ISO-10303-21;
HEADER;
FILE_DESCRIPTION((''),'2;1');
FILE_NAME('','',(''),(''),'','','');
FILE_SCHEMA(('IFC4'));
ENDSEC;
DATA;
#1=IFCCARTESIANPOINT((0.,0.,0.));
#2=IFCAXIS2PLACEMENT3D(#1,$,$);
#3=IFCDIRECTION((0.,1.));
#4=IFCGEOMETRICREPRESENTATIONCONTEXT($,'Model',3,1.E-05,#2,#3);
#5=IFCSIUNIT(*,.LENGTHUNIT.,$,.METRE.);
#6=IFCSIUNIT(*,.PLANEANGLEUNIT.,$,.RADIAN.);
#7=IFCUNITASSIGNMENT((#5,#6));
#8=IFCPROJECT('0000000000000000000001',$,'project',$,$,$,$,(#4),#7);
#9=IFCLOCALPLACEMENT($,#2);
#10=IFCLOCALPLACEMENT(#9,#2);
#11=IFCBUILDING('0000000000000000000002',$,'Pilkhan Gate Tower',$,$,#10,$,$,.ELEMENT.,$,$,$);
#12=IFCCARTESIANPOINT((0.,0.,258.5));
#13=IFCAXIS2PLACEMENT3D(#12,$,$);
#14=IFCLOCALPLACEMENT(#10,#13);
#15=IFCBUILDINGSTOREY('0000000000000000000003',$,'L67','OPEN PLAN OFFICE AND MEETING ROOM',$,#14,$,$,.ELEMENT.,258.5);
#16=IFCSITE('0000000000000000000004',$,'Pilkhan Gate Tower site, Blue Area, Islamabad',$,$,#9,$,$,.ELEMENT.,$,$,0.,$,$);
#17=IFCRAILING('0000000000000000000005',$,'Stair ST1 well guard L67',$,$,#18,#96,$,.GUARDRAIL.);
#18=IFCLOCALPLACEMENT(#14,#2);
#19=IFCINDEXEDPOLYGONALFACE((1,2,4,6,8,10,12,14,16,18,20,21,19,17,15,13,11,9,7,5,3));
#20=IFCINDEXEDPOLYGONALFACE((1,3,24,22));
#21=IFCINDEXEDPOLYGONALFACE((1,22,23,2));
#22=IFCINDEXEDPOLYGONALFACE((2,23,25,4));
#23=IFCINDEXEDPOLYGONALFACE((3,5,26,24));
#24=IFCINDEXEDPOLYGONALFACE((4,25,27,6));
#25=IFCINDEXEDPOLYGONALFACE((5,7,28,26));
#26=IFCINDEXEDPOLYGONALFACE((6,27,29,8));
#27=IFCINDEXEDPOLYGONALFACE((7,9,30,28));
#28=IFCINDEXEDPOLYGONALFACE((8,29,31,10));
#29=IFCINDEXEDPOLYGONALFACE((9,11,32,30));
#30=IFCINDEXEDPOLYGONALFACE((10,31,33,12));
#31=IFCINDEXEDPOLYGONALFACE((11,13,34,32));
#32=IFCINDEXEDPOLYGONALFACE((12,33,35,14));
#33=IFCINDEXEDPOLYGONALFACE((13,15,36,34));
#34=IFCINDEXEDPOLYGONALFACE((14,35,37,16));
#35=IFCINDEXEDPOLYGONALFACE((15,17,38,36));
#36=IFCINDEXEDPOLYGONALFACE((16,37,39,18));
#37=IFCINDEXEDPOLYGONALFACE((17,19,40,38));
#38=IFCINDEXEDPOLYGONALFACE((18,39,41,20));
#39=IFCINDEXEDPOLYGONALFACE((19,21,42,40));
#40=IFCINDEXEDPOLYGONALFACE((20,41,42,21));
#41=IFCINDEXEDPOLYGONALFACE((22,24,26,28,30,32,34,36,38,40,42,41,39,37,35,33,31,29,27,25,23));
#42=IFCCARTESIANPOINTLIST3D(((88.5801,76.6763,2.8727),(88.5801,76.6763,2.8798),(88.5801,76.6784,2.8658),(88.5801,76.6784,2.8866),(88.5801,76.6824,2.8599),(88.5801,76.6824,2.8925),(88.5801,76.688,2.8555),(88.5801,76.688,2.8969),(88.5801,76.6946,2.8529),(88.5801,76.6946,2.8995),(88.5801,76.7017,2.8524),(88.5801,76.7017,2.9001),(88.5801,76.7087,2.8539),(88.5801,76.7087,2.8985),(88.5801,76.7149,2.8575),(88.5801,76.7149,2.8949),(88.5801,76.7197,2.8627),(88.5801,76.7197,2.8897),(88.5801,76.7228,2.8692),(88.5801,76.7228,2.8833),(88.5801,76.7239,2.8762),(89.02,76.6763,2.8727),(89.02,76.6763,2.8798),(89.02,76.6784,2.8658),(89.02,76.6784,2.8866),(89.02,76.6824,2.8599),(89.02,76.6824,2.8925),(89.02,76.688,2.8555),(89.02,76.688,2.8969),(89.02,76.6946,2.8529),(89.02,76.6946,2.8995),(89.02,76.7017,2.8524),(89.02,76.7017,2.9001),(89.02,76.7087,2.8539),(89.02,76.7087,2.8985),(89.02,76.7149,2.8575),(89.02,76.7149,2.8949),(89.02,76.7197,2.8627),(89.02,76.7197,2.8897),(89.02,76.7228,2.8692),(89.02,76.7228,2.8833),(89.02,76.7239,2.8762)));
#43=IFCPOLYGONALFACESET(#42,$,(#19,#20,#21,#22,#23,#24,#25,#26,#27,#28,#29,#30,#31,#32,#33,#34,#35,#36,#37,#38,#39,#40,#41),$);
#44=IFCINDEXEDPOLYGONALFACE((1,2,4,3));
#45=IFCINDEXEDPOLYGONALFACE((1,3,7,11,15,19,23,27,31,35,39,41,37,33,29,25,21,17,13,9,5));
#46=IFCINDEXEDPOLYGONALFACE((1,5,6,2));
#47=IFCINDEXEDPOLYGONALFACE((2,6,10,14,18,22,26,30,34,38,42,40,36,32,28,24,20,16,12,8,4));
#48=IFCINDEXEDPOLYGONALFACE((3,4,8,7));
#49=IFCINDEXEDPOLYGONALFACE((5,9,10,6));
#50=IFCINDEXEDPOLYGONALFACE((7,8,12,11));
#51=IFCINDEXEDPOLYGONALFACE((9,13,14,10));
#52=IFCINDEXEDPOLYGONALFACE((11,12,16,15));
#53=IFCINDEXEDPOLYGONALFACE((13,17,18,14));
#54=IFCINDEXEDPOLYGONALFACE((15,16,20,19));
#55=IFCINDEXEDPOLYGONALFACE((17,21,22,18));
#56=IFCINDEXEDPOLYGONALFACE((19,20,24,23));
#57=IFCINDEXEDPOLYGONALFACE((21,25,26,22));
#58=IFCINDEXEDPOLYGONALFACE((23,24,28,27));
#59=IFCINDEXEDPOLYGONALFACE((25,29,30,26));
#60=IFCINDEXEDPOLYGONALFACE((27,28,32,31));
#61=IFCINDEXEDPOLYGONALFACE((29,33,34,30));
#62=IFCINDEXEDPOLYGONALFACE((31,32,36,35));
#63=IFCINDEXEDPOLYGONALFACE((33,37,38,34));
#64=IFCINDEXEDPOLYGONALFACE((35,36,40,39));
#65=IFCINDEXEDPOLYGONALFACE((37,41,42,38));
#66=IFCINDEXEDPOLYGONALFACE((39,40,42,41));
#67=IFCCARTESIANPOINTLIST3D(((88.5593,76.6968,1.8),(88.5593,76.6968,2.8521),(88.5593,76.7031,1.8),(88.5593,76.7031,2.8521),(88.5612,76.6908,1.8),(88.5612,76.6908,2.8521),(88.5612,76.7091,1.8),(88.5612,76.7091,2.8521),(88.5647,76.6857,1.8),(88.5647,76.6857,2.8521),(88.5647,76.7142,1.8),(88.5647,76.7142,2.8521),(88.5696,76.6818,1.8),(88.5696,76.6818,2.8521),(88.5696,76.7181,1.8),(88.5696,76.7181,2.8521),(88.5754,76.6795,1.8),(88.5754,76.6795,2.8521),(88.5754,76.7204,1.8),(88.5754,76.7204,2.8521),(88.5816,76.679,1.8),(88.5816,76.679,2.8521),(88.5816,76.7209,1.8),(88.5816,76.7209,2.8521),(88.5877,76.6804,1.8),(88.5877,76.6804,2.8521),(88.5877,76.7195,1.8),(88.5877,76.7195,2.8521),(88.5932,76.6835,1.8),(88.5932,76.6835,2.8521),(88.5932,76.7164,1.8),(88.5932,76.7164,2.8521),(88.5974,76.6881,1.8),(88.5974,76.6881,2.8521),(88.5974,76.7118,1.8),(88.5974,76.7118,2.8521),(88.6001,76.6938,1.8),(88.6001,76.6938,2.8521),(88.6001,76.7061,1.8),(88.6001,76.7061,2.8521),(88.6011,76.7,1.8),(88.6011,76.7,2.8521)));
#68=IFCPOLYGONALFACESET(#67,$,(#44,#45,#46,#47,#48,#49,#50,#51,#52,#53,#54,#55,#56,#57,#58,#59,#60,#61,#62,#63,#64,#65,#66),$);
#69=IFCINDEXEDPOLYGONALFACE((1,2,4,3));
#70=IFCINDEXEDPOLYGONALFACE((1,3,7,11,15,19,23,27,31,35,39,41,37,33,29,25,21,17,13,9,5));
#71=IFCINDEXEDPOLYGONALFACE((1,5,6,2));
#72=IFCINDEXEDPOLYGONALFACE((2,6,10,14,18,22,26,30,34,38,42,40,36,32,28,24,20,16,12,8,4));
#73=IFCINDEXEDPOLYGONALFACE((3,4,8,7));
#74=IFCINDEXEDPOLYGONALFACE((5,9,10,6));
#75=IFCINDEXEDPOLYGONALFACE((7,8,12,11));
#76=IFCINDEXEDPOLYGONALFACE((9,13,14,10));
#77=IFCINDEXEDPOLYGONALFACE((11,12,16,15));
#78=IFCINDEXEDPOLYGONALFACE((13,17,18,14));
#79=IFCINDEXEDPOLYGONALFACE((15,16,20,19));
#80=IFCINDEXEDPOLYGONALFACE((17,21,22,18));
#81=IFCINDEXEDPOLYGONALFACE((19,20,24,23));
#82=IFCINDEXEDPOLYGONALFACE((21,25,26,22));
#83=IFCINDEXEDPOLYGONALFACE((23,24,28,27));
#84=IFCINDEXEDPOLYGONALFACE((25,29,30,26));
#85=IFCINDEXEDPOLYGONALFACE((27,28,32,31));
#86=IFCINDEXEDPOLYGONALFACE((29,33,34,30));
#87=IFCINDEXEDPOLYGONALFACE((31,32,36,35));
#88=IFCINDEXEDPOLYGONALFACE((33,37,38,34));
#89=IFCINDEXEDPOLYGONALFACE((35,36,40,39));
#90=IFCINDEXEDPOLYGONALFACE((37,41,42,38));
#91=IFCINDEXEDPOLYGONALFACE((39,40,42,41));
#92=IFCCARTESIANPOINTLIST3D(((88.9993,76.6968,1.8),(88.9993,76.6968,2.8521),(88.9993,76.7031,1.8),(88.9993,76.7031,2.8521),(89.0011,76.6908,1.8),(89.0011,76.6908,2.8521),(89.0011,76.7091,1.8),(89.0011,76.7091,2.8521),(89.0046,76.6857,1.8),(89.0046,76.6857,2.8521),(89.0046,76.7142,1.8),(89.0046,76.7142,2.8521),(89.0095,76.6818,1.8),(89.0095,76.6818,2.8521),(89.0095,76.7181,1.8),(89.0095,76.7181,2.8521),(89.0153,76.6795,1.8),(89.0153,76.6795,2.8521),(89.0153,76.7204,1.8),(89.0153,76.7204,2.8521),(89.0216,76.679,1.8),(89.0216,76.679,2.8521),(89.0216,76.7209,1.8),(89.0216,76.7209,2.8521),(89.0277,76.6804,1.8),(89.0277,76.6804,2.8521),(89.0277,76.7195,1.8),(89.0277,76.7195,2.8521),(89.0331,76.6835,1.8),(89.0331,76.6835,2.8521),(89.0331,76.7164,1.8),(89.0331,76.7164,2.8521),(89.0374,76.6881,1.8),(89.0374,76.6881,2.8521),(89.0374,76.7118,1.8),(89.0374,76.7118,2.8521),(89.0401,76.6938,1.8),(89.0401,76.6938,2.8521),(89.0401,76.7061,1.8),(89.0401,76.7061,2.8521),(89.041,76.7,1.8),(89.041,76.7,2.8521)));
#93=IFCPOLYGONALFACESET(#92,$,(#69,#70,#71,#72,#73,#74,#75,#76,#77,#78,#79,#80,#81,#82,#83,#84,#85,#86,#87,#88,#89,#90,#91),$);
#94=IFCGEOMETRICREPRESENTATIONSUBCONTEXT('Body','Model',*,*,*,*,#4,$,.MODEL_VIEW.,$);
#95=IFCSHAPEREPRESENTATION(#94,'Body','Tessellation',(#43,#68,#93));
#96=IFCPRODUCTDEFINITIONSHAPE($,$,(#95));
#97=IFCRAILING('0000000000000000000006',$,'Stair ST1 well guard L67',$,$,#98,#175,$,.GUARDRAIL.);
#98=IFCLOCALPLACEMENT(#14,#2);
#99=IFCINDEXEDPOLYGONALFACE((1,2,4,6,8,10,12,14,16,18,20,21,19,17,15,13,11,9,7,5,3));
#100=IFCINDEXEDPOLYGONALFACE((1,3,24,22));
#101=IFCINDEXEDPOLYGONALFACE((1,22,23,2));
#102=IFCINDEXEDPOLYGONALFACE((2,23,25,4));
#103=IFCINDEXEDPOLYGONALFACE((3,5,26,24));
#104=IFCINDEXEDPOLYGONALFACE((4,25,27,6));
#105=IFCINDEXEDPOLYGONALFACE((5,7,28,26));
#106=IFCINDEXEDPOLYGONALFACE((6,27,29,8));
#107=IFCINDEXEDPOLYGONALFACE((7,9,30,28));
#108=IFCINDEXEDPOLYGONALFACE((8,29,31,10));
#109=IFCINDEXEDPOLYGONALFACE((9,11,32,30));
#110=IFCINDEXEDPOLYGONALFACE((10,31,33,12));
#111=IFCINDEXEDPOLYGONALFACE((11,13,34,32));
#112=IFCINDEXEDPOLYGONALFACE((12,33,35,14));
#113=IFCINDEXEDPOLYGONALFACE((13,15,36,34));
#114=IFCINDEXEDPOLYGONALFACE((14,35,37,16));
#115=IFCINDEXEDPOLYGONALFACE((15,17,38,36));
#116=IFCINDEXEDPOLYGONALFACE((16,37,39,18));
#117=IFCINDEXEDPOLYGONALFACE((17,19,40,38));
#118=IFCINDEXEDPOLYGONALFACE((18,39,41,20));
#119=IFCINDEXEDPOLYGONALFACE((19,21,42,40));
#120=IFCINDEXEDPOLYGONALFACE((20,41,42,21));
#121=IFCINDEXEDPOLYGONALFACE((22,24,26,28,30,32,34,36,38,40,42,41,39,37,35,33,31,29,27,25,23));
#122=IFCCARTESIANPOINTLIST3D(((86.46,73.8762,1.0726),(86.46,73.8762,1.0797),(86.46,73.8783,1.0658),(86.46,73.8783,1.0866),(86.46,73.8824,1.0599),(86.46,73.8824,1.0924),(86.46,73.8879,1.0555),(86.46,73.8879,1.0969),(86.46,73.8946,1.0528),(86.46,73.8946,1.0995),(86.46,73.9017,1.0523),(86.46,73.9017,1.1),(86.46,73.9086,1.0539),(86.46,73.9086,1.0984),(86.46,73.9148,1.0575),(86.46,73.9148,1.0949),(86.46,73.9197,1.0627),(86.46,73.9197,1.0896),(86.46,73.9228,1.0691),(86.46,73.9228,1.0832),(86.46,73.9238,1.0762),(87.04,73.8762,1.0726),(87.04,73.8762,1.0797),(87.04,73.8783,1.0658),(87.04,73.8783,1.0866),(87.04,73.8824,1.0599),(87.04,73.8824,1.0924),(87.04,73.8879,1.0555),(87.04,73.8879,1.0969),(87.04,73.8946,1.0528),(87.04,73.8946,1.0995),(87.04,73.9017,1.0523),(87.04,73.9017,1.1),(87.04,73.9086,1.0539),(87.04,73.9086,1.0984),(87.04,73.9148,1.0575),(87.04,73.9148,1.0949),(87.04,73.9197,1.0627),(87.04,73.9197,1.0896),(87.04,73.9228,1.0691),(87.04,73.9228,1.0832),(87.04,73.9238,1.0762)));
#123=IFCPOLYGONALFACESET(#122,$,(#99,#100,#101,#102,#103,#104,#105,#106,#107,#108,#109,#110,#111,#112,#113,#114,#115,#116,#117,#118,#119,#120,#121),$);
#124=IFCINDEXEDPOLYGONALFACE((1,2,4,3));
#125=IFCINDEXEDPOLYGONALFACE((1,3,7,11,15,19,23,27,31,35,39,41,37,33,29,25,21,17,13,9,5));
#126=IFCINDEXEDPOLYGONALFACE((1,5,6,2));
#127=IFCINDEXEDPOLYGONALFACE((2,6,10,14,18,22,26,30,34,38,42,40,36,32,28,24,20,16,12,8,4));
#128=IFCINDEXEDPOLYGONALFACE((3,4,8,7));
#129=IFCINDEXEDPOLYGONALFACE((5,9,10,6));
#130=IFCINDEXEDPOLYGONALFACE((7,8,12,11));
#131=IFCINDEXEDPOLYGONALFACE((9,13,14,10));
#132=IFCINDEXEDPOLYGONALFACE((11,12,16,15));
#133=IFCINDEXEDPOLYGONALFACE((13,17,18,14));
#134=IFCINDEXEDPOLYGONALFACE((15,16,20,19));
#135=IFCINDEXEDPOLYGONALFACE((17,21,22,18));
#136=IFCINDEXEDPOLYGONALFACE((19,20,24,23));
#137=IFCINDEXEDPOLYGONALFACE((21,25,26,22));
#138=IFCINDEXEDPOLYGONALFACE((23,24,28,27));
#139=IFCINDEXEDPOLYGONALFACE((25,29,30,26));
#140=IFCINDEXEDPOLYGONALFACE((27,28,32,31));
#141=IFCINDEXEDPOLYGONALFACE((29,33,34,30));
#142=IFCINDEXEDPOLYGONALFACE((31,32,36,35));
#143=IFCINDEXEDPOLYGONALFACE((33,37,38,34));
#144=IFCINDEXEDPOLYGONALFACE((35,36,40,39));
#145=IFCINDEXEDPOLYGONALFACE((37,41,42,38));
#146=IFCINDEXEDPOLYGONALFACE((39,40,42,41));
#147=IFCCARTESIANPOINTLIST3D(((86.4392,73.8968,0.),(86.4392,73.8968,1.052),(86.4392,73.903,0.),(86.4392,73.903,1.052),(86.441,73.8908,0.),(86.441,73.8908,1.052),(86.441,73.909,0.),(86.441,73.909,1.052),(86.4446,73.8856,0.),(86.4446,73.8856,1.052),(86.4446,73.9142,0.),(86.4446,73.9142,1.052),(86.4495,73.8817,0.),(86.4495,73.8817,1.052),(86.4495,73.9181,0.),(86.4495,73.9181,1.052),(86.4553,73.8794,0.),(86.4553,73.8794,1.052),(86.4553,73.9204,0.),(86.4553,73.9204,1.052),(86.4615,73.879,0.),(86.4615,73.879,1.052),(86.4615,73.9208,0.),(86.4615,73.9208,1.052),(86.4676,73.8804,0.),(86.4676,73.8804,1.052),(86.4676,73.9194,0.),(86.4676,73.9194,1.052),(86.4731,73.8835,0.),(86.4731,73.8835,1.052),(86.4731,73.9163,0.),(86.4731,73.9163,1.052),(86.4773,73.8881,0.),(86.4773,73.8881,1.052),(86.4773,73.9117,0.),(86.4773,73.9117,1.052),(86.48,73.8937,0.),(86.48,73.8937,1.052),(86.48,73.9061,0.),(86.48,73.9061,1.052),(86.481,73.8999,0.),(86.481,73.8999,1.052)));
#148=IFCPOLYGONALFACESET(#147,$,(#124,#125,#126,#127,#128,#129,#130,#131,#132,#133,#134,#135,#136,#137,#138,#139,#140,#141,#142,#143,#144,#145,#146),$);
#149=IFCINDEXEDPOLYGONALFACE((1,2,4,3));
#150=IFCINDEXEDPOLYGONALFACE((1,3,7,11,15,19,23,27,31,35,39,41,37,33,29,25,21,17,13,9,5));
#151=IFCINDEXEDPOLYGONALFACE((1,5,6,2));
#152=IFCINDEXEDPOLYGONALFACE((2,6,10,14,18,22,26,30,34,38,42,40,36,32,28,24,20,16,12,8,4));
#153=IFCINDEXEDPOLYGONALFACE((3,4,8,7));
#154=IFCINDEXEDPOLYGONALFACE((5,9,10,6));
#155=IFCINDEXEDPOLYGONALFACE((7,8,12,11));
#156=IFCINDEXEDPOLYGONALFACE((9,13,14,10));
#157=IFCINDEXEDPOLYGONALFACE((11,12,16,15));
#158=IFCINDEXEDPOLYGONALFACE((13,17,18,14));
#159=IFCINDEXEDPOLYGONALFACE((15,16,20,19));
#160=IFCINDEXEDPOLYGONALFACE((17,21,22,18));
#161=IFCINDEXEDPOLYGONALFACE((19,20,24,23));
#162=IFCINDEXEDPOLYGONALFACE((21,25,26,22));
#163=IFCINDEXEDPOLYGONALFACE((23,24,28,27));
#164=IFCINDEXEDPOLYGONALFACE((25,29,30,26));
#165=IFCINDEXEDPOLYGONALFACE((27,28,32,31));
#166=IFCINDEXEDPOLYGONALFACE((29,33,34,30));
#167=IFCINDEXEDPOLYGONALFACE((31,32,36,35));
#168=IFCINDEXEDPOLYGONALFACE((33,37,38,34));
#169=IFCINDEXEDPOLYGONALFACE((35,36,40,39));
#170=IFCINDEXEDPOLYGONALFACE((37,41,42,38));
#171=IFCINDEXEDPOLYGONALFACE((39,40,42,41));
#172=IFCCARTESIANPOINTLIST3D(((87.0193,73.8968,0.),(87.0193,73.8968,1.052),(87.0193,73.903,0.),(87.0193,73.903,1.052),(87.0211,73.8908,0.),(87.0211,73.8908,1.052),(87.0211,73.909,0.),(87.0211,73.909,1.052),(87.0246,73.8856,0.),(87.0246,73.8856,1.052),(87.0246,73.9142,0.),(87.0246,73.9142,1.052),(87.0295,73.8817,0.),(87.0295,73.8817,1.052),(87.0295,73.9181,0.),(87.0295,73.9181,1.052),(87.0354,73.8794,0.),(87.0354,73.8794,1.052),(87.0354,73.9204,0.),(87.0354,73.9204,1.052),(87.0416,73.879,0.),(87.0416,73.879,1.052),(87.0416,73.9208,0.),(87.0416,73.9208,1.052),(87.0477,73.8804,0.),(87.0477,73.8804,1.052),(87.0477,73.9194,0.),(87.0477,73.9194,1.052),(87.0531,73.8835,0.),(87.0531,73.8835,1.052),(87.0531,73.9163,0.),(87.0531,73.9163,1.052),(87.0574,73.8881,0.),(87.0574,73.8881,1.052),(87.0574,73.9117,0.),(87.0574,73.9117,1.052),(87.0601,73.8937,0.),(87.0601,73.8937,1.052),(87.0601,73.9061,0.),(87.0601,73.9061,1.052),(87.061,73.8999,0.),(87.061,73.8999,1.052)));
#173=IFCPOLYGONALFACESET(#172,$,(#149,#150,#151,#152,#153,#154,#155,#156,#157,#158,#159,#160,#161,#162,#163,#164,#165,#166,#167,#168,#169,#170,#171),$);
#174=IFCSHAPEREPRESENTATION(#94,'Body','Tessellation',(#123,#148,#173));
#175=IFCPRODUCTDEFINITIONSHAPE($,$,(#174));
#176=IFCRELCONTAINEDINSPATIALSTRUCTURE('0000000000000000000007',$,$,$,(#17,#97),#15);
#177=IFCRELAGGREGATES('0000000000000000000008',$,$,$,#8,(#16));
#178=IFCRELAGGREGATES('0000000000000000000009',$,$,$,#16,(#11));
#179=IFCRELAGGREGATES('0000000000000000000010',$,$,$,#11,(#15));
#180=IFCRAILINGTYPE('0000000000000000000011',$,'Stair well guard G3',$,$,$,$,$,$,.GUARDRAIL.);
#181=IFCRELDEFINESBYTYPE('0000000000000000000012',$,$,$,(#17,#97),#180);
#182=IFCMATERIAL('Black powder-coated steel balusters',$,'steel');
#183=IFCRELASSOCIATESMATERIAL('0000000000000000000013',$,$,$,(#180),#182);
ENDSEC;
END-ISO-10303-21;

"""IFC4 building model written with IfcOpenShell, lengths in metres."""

from ifc_helpers import new_model, si_unit, direction, frame, origin, origin_2d, place, context, subcontext, project, spatial, circle, extrude, material, type_object, element, save


model = new_model("IFC4")

# Units and contexts
model_context = context("Model", 3, precision=1e-05, world=origin(), true_north=direction((0.0, 1.0)))
body_context = subcontext(model_context, "Body", "Model", "MODEL_VIEW")
ifc_project = project(units=[si_unit("LENGTHUNIT", "METRE"), si_unit("PLANEANGLEUNIT", "RADIAN")], contexts=[model_context])

# Site, building, storey
site_placement = place(None, origin())
site = spatial("IfcSite", under=ifc_project, at=site_placement, Name="Pilkhan Gate Tower site, Blue Area, Islamabad", CompositionType="ELEMENT", RefElevation=0.0)
building_placement = place(site_placement, origin())
building = spatial("IfcBuilding", under=site, at=building_placement, Name="Pilkhan Gate Tower", CompositionType="ELEMENT")
storey_placement = place(building_placement, frame((0.0, 0.0, 258.5)))
storey = spatial("IfcBuildingStorey", under=building, at=storey_placement, Name="L67", Description="OPEN PLAN OFFICE AND MEETING ROOM", CompositionType="ELEMENT", Elevation=258.5)

# Railings
ifc_material_1 = material(Name="Black powder-coated steel balusters", Category="steel")
railing_type_1 = type_object("IfcRailingType", Name="Stair well guard G3", PredefinedType="GUARDRAIL", material=ifc_material_1)
railing_1_placement = place(storey_placement, frame((88.5801, 76.7, 1.8)))
element("IfcRailing", 1, at=railing_1_placement, inside=storey, type_object=railing_type_1, Name="Stair ST1 well guard L67", PredefinedType="GUARDRAIL", context=body_context, shape_type="SweptSolid", body=[
    extrude(circle(Radius=0.0239, at=origin_2d()), frame((0.0, 0.0, 1.0762), z_axis=(1.0, 0.0, 0.0), x_axis=(0.0, 1.0, 0.0)), (0.0, 0.0, 1.0), 0.4399),
    extrude(circle(Radius=0.021, at=origin_2d()), origin(), (0.0, 0.0, 1.0), 1.052),
    extrude(circle(Radius=0.021, at=origin_2d()), frame((0.4399, 0.0, 0.0)), (0.0, 0.0, 1.0), 1.052),
])
for number, where, name in (
    (2, (86.46, 73.8999, 0.0), "Stair ST1 well guard L67"),
):
    element("IfcRailing", number, at=place(storey_placement, frame(where)), inside=storey, type_object=railing_type_1, Name=name, PredefinedType="GUARDRAIL", context=body_context, shape_type="SweptSolid", body=[
        extrude(circle(Radius=0.0239, at=origin_2d()), frame((0.0, 0.0, 1.0762), z_axis=(1.0, 0.0, 0.0), x_axis=(0.0, 1.0, 0.0)), (0.0, 0.0, 1.0), 0.5801),
        extrude(circle(Radius=0.021, at=origin_2d()), origin(), (0.0, 0.0, 1.0), 1.052),
        extrude(circle(Radius=0.021, at=origin_2d()), frame((0.5801, 0.0, 0.0)), (0.0, 0.0, 1.0), 1.052),
    ])

save(model, "model.ifc")
